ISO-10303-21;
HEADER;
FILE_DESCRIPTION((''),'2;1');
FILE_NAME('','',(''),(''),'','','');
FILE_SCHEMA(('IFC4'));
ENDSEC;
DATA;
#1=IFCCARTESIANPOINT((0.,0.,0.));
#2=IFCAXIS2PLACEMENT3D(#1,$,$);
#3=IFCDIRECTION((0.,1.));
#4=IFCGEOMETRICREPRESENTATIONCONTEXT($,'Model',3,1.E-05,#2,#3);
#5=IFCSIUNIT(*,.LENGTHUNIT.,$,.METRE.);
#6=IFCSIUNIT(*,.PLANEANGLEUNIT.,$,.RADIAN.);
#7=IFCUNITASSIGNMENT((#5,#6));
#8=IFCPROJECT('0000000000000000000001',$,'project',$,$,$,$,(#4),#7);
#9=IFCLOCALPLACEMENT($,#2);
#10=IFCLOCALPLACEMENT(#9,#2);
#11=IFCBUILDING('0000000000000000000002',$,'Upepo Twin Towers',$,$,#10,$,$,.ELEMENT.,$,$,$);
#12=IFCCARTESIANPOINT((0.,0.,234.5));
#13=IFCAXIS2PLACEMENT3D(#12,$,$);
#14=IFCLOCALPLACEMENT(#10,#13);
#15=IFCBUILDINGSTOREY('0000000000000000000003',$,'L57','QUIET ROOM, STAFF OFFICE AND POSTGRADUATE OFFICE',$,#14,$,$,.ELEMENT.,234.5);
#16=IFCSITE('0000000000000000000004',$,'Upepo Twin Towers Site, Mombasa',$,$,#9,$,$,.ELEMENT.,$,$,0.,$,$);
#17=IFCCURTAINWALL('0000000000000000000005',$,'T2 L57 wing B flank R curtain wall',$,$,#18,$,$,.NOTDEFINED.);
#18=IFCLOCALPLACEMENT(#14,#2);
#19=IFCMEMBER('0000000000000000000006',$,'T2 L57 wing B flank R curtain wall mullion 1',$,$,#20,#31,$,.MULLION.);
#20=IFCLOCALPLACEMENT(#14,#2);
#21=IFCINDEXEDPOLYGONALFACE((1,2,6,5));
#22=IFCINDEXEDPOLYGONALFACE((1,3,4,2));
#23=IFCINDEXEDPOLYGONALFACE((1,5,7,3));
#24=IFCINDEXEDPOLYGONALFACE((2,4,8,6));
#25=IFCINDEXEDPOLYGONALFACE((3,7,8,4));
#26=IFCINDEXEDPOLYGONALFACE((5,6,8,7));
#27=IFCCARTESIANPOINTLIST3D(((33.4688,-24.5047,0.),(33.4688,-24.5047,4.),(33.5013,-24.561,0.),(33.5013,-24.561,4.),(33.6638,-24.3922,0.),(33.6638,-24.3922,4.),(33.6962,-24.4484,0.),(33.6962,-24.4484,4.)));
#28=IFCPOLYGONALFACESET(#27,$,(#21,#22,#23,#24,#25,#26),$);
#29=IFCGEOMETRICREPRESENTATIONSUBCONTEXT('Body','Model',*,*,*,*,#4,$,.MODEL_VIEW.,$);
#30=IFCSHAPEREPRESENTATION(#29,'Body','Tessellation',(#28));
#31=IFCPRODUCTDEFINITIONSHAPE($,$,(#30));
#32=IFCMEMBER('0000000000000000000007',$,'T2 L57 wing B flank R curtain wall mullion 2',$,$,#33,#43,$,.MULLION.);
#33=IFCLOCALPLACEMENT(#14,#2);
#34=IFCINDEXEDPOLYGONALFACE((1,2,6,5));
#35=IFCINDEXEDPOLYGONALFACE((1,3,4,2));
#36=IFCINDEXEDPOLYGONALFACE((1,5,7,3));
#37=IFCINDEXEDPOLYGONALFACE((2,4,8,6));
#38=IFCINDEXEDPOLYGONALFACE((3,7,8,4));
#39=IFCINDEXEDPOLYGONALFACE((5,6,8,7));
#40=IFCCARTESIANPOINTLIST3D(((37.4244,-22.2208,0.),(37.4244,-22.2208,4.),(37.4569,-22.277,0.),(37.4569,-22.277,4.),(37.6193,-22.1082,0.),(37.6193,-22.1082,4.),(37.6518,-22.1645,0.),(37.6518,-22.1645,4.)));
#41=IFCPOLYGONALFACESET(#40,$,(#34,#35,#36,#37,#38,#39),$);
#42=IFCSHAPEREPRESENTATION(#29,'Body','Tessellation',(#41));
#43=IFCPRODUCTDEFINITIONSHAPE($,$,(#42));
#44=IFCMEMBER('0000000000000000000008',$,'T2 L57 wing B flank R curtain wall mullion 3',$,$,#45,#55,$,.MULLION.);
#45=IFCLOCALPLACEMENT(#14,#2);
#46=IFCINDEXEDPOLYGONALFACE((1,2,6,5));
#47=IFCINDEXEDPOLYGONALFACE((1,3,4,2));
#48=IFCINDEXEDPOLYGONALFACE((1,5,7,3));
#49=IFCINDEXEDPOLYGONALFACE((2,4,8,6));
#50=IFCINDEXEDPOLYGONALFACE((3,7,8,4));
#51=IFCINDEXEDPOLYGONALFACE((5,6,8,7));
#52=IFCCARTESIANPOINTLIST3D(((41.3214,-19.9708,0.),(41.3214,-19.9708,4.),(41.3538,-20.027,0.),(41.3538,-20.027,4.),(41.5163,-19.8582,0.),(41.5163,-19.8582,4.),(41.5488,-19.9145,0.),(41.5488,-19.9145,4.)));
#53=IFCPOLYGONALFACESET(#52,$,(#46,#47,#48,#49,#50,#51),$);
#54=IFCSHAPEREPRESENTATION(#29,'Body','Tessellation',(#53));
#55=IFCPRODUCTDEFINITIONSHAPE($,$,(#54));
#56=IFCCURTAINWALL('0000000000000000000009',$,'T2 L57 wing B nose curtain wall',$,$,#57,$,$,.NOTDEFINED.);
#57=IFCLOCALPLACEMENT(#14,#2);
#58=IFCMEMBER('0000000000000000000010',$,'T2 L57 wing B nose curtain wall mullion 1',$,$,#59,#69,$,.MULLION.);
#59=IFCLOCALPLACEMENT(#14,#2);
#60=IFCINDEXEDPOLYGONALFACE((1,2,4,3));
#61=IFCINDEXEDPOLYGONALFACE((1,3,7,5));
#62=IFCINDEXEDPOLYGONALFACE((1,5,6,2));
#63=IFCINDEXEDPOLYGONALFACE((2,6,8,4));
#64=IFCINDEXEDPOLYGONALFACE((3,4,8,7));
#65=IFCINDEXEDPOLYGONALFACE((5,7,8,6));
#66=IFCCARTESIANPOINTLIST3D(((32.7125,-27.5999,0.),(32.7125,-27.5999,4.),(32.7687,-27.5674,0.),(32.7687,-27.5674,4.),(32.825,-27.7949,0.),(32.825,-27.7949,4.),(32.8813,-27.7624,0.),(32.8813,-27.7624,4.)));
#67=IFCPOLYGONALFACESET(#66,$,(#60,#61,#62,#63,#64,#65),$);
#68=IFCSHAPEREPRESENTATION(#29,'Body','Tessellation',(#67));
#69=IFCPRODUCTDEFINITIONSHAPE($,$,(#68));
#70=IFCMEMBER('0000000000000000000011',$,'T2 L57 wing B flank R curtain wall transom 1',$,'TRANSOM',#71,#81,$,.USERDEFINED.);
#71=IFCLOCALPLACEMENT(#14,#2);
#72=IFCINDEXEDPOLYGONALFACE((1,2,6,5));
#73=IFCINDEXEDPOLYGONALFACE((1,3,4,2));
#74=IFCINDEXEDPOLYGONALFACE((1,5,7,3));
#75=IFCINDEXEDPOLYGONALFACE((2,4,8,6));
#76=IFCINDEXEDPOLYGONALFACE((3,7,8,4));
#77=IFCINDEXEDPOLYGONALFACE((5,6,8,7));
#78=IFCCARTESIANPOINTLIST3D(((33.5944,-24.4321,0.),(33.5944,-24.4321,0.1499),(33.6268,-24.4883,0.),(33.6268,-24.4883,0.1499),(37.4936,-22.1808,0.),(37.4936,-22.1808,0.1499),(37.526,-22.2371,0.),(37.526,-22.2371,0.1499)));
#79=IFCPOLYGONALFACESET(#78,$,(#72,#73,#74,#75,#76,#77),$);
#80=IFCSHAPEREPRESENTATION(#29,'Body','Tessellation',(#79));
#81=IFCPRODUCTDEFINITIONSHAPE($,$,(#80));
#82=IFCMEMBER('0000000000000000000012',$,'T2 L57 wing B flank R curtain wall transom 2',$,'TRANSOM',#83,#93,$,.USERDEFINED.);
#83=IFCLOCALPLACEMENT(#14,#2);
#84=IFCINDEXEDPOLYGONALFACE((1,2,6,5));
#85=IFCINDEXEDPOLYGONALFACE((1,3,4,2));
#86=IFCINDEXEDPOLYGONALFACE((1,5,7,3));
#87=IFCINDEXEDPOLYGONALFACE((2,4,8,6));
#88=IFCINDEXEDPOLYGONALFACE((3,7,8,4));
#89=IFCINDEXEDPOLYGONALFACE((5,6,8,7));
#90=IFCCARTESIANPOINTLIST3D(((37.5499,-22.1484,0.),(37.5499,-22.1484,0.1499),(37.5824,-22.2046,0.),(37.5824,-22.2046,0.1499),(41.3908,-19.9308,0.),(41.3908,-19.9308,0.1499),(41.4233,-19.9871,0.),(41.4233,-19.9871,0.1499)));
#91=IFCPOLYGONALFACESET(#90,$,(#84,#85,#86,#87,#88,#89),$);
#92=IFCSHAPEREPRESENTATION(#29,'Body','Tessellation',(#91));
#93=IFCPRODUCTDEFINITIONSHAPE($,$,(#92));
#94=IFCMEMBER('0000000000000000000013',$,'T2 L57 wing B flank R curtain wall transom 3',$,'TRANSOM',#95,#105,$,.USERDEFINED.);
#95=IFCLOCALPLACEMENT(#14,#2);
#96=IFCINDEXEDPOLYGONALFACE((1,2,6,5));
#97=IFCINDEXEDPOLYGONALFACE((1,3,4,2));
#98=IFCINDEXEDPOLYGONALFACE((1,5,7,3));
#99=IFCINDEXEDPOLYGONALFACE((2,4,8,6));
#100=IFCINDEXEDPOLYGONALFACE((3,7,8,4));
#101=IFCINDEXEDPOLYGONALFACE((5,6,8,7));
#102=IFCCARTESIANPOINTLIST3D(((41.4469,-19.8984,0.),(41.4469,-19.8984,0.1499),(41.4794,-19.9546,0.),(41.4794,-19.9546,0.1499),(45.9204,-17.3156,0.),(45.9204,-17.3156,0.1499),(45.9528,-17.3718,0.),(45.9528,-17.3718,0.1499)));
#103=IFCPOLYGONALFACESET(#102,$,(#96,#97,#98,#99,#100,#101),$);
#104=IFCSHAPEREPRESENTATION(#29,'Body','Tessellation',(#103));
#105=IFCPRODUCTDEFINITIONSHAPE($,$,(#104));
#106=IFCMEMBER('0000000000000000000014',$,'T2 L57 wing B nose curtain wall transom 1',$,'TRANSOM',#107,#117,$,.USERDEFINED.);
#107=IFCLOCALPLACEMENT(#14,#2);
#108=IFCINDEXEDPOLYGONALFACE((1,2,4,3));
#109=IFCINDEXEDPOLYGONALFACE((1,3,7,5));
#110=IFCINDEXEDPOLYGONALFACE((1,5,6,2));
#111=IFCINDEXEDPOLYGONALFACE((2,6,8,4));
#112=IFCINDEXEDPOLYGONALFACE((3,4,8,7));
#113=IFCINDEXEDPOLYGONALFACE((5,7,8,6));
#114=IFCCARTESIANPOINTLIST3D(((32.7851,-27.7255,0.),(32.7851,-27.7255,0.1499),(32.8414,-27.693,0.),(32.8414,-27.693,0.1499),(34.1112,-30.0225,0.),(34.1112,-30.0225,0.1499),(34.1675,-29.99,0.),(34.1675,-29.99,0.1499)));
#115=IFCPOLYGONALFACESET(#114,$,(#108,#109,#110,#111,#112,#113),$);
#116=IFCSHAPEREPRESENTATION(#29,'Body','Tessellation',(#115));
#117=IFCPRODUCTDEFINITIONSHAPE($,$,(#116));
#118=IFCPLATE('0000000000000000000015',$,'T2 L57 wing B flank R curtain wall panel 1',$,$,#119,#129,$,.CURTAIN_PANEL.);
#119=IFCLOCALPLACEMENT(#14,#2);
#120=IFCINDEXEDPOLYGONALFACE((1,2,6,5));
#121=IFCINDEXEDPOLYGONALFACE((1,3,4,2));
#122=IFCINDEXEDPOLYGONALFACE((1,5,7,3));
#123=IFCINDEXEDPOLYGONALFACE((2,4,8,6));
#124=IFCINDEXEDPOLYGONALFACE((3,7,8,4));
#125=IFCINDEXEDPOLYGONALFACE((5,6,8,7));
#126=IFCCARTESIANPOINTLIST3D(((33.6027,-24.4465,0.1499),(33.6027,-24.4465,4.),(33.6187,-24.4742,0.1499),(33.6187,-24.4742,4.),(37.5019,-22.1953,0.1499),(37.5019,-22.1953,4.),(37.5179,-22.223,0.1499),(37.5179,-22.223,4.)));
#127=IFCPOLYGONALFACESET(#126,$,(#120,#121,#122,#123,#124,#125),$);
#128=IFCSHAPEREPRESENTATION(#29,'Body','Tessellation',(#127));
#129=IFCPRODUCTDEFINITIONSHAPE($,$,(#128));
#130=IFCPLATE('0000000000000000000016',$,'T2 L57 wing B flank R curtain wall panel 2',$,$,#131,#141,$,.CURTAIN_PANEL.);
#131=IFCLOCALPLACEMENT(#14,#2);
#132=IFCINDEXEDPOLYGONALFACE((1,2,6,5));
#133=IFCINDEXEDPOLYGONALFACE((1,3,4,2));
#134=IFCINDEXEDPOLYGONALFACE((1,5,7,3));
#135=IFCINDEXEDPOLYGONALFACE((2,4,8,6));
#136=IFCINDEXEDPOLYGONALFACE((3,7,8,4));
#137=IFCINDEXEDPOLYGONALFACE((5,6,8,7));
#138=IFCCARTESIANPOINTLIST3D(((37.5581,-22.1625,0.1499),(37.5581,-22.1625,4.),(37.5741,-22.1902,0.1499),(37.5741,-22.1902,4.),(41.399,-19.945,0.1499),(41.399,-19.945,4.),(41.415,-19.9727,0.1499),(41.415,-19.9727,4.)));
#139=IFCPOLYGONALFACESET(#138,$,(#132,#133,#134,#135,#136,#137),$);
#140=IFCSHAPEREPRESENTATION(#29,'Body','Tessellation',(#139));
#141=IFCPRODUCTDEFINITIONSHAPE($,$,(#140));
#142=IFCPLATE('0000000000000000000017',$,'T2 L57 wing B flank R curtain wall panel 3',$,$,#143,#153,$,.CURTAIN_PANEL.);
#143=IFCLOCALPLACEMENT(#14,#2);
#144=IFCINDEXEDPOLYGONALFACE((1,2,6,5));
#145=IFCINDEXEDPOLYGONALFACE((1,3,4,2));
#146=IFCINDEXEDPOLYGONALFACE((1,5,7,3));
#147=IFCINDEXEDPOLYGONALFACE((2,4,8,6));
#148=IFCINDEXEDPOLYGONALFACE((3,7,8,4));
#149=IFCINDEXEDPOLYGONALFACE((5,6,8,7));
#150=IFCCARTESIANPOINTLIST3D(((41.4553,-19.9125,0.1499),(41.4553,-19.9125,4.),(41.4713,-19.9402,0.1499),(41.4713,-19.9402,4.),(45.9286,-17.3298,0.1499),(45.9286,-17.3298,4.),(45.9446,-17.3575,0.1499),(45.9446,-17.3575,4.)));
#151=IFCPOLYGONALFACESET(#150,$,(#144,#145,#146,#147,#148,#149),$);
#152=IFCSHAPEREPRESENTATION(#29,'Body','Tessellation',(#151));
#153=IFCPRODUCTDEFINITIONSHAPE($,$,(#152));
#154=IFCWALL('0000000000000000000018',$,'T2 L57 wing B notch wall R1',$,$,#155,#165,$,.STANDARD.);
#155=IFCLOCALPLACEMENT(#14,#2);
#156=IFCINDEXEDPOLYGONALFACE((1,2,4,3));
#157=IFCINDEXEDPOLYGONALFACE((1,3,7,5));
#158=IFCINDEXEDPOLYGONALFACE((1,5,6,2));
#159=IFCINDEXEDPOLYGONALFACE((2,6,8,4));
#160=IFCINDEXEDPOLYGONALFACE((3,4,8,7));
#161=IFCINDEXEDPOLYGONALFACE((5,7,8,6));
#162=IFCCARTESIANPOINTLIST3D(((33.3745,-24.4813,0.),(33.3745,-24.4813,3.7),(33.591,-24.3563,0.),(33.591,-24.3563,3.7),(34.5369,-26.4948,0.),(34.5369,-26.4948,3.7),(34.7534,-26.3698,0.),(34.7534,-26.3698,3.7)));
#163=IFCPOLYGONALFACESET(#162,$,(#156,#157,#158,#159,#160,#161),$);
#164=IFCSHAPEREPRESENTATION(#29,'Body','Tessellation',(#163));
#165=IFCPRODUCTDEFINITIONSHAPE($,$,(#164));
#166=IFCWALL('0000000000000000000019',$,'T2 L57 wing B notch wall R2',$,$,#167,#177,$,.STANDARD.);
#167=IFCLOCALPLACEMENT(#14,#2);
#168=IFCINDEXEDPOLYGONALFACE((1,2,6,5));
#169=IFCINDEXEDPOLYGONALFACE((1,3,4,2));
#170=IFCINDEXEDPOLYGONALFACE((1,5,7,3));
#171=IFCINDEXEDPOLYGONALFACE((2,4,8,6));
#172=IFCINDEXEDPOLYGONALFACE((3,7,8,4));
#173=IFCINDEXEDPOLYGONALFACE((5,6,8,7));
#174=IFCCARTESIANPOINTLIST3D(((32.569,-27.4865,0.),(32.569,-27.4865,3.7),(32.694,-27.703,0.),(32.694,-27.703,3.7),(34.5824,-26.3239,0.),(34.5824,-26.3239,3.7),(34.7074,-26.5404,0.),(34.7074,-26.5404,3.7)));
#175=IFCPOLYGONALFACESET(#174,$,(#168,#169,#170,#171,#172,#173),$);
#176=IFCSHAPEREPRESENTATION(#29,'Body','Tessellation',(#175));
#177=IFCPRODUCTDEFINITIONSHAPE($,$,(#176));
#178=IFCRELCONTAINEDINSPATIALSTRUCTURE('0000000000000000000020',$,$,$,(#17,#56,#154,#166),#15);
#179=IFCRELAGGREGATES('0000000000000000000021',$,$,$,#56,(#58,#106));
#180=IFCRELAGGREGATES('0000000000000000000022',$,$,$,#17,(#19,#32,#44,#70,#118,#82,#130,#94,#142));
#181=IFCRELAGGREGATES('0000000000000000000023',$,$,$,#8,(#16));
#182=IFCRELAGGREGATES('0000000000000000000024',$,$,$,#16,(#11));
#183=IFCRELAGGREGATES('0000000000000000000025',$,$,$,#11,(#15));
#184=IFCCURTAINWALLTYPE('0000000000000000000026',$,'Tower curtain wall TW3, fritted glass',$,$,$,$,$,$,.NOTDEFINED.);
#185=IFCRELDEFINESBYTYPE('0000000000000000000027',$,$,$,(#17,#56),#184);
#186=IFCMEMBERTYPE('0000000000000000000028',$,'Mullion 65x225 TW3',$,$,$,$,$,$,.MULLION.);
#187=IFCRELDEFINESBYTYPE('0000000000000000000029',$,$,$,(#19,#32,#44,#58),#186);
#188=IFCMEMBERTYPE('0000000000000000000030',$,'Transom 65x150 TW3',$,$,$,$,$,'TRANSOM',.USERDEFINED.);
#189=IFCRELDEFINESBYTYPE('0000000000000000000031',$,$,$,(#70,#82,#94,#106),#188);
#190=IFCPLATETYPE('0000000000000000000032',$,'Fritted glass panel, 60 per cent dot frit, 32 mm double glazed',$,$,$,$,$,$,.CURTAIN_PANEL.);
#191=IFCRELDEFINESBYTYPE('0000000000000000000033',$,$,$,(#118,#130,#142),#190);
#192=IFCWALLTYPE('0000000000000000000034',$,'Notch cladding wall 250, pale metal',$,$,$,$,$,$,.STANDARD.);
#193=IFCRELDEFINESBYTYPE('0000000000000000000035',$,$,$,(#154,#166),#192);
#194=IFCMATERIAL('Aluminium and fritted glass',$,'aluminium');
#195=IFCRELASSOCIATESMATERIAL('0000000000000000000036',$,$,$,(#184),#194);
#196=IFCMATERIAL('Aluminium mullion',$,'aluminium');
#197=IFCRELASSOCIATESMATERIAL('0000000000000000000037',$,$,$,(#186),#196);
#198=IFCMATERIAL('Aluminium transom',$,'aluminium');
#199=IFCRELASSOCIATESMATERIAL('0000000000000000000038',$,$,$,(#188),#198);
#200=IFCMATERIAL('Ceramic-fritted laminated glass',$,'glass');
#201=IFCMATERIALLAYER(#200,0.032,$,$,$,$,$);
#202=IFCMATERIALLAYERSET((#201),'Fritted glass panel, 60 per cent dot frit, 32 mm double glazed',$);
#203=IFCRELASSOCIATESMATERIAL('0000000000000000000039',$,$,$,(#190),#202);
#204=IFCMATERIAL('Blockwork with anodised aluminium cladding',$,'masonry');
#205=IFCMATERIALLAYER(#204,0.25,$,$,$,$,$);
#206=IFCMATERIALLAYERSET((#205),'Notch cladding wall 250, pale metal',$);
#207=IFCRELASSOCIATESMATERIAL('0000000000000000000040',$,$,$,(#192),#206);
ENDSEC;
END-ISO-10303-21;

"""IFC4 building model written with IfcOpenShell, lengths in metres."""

from ifc_helpers import new_model, si_unit, direction, frame, frame_2d, origin, origin_2d, place, context, subcontext, project, spatial, rectangle, extrude, material, layer, layer_set, material_profile, profile_set, type_object, element, aggregate, save


model = new_model("IFC4")

# Units and contexts
model_context = context("Model", 3, precision=1e-05, world=origin(), true_north=direction((0.0, 1.0)))
body_context = subcontext(model_context, "Body", "Model", "MODEL_VIEW")
ifc_project = project(units=[si_unit("LENGTHUNIT", "METRE"), si_unit("PLANEANGLEUNIT", "RADIAN")], contexts=[model_context])

# Site, building, storey
site_placement = place(None, origin())
site = spatial("IfcSite", under=ifc_project, at=site_placement, Name="Upepo Twin Towers Site, Mombasa", CompositionType="ELEMENT", RefElevation=0.0)
building_placement = place(site_placement, origin())
building = spatial("IfcBuilding", under=site, at=building_placement, Name="Upepo Twin Towers", CompositionType="ELEMENT")
storey_placement = place(building_placement, frame((0.0, 0.0, 234.5)))
storey = spatial("IfcBuildingStorey", under=building, at=storey_placement, Name="L57", Description="QUIET ROOM, STAFF OFFICE AND POSTGRADUATE OFFICE", CompositionType="ELEMENT", Elevation=234.5)

# Curtain wall, members
ifc_material_1 = material(Name="Aluminium and fritted glass", Category="aluminium")
curtain_wall_type = type_object("IfcCurtainWallType", Name="Tower curtain wall TW3, fritted glass", PredefinedType="NOTDEFINED", material=ifc_material_1)
curtain_wall_1_placement = place(storey_placement, origin())
curtain_wall_1 = element("IfcCurtainWall", 1, at=curtain_wall_1_placement, inside=storey, type_object=curtain_wall_type, Name="T2 L57 wing B flank R curtain wall", PredefinedType="NOTDEFINED")
ifc_material_2 = material(Name="Aluminium mullion", Category="aluminium")
ifc_material_profile_1 = material_profile(ifc_material_2, rectangle(XDim=0.0649, YDim=0.2251, at=origin_2d()), Name="MULLION 65x225")
ifc_profile_set_1 = profile_set([ifc_material_profile_1], Name="Aluminium mullion")
member_type_1 = type_object("IfcMemberType", Name="Mullion 65x225 TW3", PredefinedType="MULLION", material=ifc_profile_set_1)
member_1_placement = place(storey_placement, frame((33.5825, -24.4766, 0.0), z_axis=(0.0, 0.0, 1.0), x_axis=(-0.5, 0.866025, 0.0)))
member_1 = element("IfcMember", 2, at=member_1_placement, type_object=member_type_1, Name="T2 L57 wing B flank R curtain wall mullion 1", PredefinedType="MULLION", context=body_context, shape_type="SweptSolid", body=[
    extrude(rectangle(XDim=0.0649, YDim=0.2251, at=origin_2d()), origin(), (0.0, 0.0, 1.0), 4.0),
])
member_2_placement = place(storey_placement, frame((37.5381, -22.1926, 0.0), z_axis=(0.0, 0.0, 1.0), x_axis=(-0.5, 0.866025, 0.0)))
member_2 = element("IfcMember", 3, at=member_2_placement, type_object=member_type_1, Name="T2 L57 wing B flank R curtain wall mullion 2", PredefinedType="MULLION", context=body_context, shape_type="SweptSolid", body=[
    extrude(rectangle(XDim=0.0649, YDim=0.2251, at=origin_2d()), origin(), (0.0, 0.0, 1.0), 4.0),
])
member_3_placement = place(storey_placement, frame((41.4351, -19.9426, 0.0), z_axis=(0.0, 0.0, 1.0), x_axis=(-0.5, 0.866025, 0.0)))
member_3 = element("IfcMember", 4, at=member_3_placement, type_object=member_type_1, Name="T2 L57 wing B flank R curtain wall mullion 3", PredefinedType="MULLION", context=body_context, shape_type="SweptSolid", body=[
    extrude(rectangle(XDim=0.0649, YDim=0.2251, at=origin_2d()), origin(), (0.0, 0.0, 1.0), 4.0),
])

# Curtain wall, member
curtain_wall_2_placement = place(storey_placement, origin())
curtain_wall_2 = element("IfcCurtainWall", 5, at=curtain_wall_2_placement, inside=storey, type_object=curtain_wall_type, Name="T2 L57 wing B nose curtain wall", PredefinedType="NOTDEFINED")
member_4_placement = place(storey_placement, frame((32.7969, -27.6812, 0.0), z_axis=(0.0, 0.0, 1.0), x_axis=(0.866025, 0.5, 0.0)))
member_4 = element("IfcMember", 6, at=member_4_placement, type_object=member_type_1, Name="T2 L57 wing B nose curtain wall mullion 1", PredefinedType="MULLION", context=body_context, shape_type="SweptSolid", body=[
    extrude(rectangle(XDim=0.0649, YDim=0.2251, at=origin_2d()), origin(), (0.0, 0.0, 1.0), 4.0),
])

# Members
ifc_material_3 = material(Name="Aluminium transom", Category="aluminium")
ifc_material_profile_2 = material_profile(ifc_material_3, rectangle(XDim=0.0649, YDim=0.1499, at=origin_2d()), Name="TRANSOM 65x150")
ifc_profile_set_2 = profile_set([ifc_material_profile_2], Name="Aluminium transom")
member_type_2 = type_object("IfcMemberType", Name="Transom 65x150 TW3", ElementType="TRANSOM", PredefinedType="USERDEFINED", material=ifc_profile_set_2)
member_5_placement = place(storey_placement, frame((33.6106, -24.4602, 0.075), z_axis=(0.866022, 0.500006, 0.0), x_axis=(-0.500006, 0.866022, 0.0)))
member_5 = element("IfcMember", 7, at=member_5_placement, type_object=member_type_2, Name="T2 L57 wing B flank R curtain wall transom 1", ObjectType="TRANSOM", PredefinedType="USERDEFINED", context=body_context, shape_type="SweptSolid", body=[
    extrude(rectangle(XDim=0.0649, YDim=0.1499, at=origin_2d()), origin(), (0.0, 0.0, 1.0), 4.5024),
])
member_6_placement = place(storey_placement, frame((37.5662, -22.1765, 0.075), z_axis=(0.866022, 0.500005, 0.0), x_axis=(-0.500005, 0.866022, 0.0)))
member_6 = element("IfcMember", 8, at=member_6_placement, type_object=member_type_2, Name="T2 L57 wing B flank R curtain wall transom 2", ObjectType="TRANSOM", PredefinedType="USERDEFINED", context=body_context, shape_type="SweptSolid", body=[
    extrude(rectangle(XDim=0.0649, YDim=0.1499, at=origin_2d()), origin(), (0.0, 0.0, 1.0), 4.4351),
])
member_7_placement = place(storey_placement, frame((41.4631, -19.9265, 0.075), z_axis=(0.866021, 0.500007, 0.0), x_axis=(-0.500007, 0.866021, 0.0)))
member_7 = element("IfcMember", 9, at=member_7_placement, type_object=member_type_2, Name="T2 L57 wing B flank R curtain wall transom 3", ObjectType="TRANSOM", PredefinedType="USERDEFINED", context=body_context, shape_type="SweptSolid", body=[
    extrude(rectangle(XDim=0.0649, YDim=0.1499, at=origin_2d()), origin(), (0.0, 0.0, 1.0), 5.1655),
])
member_8_placement = place(storey_placement, frame((32.8132, -27.7092, 0.075), z_axis=(0.49998, -0.866037, 0.0), x_axis=(0.866037, 0.49998, 0.0)))
member_8 = element("IfcMember", 10, at=member_8_placement, type_object=member_type_2, Name="T2 L57 wing B nose curtain wall transom 1", ObjectType="TRANSOM", PredefinedType="USERDEFINED", context=body_context, shape_type="SweptSolid", body=[
    extrude(rectangle(XDim=0.0649, YDim=0.1499, at=origin_2d()), origin(), (0.0, 0.0, 1.0), 2.6523),
])
aggregate(curtain_wall_2, [member_4, member_8])

# Plates
ifc_material_4 = material(Name="Ceramic-fritted laminated glass", Category="glass")
ifc_layer_1 = layer(ifc_material_4, 0.032)
ifc_layer_set_1 = layer_set([ifc_layer_1], Name="Fritted glass panel, 60 per cent dot frit, 32 mm double glazed")
plate_type = type_object("IfcPlateType", Name="Fritted glass panel, 60 per cent dot frit, 32 mm double glazed", PredefinedType="CURTAIN_PANEL", material=ifc_layer_set_1)
plate_1_placement = place(storey_placement, frame((35.5603, -23.3347, 0.1499), z_axis=(0.0, 0.0, 1.0), x_axis=(0.866025, 0.5, 0.0)))
plate_1 = element("IfcPlate", 11, at=plate_1_placement, type_object=plate_type, Name="T2 L57 wing B flank R curtain wall panel 1", PredefinedType="CURTAIN_PANEL", context=body_context, shape_type="SweptSolid", body=[
    extrude(rectangle(XDim=4.5024, YDim=0.032, at=origin_2d()), origin(), (0.0, 0.0, 1.0), 3.8501),
])
plate_2_placement = place(storey_placement, frame((39.4866, -21.0676, 0.1499), z_axis=(0.0, 0.0, 1.0), x_axis=(0.866025, 0.5, 0.0)))
plate_2 = element("IfcPlate", 12, at=plate_2_placement, type_object=plate_type, Name="T2 L57 wing B flank R curtain wall panel 2", PredefinedType="CURTAIN_PANEL", context=body_context, shape_type="SweptSolid", body=[
    extrude(rectangle(XDim=4.4351, YDim=0.032, at=origin_2d()), origin(), (0.0, 0.0, 1.0), 3.8501),
])
plate_3_placement = place(storey_placement, frame((43.7, -18.635, 0.1499), z_axis=(0.0, 0.0, 1.0), x_axis=(0.866025, 0.5, 0.0)))
plate_3 = element("IfcPlate", 13, at=plate_3_placement, type_object=plate_type, Name="T2 L57 wing B flank R curtain wall panel 3", PredefinedType="CURTAIN_PANEL", context=body_context, shape_type="SweptSolid", body=[
    extrude(rectangle(XDim=5.1653, YDim=0.032, at=origin_2d()), origin(), (0.0, 0.0, 1.0), 3.8501),
])
aggregate(curtain_wall_1, [member_1, member_2, member_3, member_5, plate_1, member_6, plate_2, member_7, plate_3])

# Walls
ifc_material_5 = material(Name="Blockwork with anodised aluminium cladding", Category="masonry")
ifc_layer_2 = layer(ifc_material_5, 0.25)
ifc_layer_set_2 = layer_set([ifc_layer_2], Name="Notch cladding wall 250, pale metal")
wall_type_1 = type_object("IfcWallType", Name="Notch cladding wall 250, pale metal", PredefinedType="STANDARD", material=ifc_layer_set_2)
for number, where, z_axis, x_axis, name in (
    (14, (33.4827, -24.4187, 0.0), (0.0, 0.0, 1.0), (0.499968, -0.866044, 0.0), "T2 L57 wing B notch wall R1"),
    (15, (34.645, -26.4321, 0.0), (0.0, 0.0, 1.0), (-0.865998, -0.500047, 0.0), "T2 L57 wing B notch wall R2"),
):
    element("IfcWall", number, at=place(storey_placement, frame(where, z_axis=z_axis, x_axis=x_axis)), inside=storey, type_object=wall_type_1, Name=name, PredefinedType="STANDARD", context=body_context, shape_type="SweptSolid", body=[
        extrude(rectangle(XDim=2.325, YDim=0.25, at=frame_2d((1.1626, 0.0))), origin(), (0.0, 0.0, 1.0), 3.7),
    ])

save(model, "model.ifc")
